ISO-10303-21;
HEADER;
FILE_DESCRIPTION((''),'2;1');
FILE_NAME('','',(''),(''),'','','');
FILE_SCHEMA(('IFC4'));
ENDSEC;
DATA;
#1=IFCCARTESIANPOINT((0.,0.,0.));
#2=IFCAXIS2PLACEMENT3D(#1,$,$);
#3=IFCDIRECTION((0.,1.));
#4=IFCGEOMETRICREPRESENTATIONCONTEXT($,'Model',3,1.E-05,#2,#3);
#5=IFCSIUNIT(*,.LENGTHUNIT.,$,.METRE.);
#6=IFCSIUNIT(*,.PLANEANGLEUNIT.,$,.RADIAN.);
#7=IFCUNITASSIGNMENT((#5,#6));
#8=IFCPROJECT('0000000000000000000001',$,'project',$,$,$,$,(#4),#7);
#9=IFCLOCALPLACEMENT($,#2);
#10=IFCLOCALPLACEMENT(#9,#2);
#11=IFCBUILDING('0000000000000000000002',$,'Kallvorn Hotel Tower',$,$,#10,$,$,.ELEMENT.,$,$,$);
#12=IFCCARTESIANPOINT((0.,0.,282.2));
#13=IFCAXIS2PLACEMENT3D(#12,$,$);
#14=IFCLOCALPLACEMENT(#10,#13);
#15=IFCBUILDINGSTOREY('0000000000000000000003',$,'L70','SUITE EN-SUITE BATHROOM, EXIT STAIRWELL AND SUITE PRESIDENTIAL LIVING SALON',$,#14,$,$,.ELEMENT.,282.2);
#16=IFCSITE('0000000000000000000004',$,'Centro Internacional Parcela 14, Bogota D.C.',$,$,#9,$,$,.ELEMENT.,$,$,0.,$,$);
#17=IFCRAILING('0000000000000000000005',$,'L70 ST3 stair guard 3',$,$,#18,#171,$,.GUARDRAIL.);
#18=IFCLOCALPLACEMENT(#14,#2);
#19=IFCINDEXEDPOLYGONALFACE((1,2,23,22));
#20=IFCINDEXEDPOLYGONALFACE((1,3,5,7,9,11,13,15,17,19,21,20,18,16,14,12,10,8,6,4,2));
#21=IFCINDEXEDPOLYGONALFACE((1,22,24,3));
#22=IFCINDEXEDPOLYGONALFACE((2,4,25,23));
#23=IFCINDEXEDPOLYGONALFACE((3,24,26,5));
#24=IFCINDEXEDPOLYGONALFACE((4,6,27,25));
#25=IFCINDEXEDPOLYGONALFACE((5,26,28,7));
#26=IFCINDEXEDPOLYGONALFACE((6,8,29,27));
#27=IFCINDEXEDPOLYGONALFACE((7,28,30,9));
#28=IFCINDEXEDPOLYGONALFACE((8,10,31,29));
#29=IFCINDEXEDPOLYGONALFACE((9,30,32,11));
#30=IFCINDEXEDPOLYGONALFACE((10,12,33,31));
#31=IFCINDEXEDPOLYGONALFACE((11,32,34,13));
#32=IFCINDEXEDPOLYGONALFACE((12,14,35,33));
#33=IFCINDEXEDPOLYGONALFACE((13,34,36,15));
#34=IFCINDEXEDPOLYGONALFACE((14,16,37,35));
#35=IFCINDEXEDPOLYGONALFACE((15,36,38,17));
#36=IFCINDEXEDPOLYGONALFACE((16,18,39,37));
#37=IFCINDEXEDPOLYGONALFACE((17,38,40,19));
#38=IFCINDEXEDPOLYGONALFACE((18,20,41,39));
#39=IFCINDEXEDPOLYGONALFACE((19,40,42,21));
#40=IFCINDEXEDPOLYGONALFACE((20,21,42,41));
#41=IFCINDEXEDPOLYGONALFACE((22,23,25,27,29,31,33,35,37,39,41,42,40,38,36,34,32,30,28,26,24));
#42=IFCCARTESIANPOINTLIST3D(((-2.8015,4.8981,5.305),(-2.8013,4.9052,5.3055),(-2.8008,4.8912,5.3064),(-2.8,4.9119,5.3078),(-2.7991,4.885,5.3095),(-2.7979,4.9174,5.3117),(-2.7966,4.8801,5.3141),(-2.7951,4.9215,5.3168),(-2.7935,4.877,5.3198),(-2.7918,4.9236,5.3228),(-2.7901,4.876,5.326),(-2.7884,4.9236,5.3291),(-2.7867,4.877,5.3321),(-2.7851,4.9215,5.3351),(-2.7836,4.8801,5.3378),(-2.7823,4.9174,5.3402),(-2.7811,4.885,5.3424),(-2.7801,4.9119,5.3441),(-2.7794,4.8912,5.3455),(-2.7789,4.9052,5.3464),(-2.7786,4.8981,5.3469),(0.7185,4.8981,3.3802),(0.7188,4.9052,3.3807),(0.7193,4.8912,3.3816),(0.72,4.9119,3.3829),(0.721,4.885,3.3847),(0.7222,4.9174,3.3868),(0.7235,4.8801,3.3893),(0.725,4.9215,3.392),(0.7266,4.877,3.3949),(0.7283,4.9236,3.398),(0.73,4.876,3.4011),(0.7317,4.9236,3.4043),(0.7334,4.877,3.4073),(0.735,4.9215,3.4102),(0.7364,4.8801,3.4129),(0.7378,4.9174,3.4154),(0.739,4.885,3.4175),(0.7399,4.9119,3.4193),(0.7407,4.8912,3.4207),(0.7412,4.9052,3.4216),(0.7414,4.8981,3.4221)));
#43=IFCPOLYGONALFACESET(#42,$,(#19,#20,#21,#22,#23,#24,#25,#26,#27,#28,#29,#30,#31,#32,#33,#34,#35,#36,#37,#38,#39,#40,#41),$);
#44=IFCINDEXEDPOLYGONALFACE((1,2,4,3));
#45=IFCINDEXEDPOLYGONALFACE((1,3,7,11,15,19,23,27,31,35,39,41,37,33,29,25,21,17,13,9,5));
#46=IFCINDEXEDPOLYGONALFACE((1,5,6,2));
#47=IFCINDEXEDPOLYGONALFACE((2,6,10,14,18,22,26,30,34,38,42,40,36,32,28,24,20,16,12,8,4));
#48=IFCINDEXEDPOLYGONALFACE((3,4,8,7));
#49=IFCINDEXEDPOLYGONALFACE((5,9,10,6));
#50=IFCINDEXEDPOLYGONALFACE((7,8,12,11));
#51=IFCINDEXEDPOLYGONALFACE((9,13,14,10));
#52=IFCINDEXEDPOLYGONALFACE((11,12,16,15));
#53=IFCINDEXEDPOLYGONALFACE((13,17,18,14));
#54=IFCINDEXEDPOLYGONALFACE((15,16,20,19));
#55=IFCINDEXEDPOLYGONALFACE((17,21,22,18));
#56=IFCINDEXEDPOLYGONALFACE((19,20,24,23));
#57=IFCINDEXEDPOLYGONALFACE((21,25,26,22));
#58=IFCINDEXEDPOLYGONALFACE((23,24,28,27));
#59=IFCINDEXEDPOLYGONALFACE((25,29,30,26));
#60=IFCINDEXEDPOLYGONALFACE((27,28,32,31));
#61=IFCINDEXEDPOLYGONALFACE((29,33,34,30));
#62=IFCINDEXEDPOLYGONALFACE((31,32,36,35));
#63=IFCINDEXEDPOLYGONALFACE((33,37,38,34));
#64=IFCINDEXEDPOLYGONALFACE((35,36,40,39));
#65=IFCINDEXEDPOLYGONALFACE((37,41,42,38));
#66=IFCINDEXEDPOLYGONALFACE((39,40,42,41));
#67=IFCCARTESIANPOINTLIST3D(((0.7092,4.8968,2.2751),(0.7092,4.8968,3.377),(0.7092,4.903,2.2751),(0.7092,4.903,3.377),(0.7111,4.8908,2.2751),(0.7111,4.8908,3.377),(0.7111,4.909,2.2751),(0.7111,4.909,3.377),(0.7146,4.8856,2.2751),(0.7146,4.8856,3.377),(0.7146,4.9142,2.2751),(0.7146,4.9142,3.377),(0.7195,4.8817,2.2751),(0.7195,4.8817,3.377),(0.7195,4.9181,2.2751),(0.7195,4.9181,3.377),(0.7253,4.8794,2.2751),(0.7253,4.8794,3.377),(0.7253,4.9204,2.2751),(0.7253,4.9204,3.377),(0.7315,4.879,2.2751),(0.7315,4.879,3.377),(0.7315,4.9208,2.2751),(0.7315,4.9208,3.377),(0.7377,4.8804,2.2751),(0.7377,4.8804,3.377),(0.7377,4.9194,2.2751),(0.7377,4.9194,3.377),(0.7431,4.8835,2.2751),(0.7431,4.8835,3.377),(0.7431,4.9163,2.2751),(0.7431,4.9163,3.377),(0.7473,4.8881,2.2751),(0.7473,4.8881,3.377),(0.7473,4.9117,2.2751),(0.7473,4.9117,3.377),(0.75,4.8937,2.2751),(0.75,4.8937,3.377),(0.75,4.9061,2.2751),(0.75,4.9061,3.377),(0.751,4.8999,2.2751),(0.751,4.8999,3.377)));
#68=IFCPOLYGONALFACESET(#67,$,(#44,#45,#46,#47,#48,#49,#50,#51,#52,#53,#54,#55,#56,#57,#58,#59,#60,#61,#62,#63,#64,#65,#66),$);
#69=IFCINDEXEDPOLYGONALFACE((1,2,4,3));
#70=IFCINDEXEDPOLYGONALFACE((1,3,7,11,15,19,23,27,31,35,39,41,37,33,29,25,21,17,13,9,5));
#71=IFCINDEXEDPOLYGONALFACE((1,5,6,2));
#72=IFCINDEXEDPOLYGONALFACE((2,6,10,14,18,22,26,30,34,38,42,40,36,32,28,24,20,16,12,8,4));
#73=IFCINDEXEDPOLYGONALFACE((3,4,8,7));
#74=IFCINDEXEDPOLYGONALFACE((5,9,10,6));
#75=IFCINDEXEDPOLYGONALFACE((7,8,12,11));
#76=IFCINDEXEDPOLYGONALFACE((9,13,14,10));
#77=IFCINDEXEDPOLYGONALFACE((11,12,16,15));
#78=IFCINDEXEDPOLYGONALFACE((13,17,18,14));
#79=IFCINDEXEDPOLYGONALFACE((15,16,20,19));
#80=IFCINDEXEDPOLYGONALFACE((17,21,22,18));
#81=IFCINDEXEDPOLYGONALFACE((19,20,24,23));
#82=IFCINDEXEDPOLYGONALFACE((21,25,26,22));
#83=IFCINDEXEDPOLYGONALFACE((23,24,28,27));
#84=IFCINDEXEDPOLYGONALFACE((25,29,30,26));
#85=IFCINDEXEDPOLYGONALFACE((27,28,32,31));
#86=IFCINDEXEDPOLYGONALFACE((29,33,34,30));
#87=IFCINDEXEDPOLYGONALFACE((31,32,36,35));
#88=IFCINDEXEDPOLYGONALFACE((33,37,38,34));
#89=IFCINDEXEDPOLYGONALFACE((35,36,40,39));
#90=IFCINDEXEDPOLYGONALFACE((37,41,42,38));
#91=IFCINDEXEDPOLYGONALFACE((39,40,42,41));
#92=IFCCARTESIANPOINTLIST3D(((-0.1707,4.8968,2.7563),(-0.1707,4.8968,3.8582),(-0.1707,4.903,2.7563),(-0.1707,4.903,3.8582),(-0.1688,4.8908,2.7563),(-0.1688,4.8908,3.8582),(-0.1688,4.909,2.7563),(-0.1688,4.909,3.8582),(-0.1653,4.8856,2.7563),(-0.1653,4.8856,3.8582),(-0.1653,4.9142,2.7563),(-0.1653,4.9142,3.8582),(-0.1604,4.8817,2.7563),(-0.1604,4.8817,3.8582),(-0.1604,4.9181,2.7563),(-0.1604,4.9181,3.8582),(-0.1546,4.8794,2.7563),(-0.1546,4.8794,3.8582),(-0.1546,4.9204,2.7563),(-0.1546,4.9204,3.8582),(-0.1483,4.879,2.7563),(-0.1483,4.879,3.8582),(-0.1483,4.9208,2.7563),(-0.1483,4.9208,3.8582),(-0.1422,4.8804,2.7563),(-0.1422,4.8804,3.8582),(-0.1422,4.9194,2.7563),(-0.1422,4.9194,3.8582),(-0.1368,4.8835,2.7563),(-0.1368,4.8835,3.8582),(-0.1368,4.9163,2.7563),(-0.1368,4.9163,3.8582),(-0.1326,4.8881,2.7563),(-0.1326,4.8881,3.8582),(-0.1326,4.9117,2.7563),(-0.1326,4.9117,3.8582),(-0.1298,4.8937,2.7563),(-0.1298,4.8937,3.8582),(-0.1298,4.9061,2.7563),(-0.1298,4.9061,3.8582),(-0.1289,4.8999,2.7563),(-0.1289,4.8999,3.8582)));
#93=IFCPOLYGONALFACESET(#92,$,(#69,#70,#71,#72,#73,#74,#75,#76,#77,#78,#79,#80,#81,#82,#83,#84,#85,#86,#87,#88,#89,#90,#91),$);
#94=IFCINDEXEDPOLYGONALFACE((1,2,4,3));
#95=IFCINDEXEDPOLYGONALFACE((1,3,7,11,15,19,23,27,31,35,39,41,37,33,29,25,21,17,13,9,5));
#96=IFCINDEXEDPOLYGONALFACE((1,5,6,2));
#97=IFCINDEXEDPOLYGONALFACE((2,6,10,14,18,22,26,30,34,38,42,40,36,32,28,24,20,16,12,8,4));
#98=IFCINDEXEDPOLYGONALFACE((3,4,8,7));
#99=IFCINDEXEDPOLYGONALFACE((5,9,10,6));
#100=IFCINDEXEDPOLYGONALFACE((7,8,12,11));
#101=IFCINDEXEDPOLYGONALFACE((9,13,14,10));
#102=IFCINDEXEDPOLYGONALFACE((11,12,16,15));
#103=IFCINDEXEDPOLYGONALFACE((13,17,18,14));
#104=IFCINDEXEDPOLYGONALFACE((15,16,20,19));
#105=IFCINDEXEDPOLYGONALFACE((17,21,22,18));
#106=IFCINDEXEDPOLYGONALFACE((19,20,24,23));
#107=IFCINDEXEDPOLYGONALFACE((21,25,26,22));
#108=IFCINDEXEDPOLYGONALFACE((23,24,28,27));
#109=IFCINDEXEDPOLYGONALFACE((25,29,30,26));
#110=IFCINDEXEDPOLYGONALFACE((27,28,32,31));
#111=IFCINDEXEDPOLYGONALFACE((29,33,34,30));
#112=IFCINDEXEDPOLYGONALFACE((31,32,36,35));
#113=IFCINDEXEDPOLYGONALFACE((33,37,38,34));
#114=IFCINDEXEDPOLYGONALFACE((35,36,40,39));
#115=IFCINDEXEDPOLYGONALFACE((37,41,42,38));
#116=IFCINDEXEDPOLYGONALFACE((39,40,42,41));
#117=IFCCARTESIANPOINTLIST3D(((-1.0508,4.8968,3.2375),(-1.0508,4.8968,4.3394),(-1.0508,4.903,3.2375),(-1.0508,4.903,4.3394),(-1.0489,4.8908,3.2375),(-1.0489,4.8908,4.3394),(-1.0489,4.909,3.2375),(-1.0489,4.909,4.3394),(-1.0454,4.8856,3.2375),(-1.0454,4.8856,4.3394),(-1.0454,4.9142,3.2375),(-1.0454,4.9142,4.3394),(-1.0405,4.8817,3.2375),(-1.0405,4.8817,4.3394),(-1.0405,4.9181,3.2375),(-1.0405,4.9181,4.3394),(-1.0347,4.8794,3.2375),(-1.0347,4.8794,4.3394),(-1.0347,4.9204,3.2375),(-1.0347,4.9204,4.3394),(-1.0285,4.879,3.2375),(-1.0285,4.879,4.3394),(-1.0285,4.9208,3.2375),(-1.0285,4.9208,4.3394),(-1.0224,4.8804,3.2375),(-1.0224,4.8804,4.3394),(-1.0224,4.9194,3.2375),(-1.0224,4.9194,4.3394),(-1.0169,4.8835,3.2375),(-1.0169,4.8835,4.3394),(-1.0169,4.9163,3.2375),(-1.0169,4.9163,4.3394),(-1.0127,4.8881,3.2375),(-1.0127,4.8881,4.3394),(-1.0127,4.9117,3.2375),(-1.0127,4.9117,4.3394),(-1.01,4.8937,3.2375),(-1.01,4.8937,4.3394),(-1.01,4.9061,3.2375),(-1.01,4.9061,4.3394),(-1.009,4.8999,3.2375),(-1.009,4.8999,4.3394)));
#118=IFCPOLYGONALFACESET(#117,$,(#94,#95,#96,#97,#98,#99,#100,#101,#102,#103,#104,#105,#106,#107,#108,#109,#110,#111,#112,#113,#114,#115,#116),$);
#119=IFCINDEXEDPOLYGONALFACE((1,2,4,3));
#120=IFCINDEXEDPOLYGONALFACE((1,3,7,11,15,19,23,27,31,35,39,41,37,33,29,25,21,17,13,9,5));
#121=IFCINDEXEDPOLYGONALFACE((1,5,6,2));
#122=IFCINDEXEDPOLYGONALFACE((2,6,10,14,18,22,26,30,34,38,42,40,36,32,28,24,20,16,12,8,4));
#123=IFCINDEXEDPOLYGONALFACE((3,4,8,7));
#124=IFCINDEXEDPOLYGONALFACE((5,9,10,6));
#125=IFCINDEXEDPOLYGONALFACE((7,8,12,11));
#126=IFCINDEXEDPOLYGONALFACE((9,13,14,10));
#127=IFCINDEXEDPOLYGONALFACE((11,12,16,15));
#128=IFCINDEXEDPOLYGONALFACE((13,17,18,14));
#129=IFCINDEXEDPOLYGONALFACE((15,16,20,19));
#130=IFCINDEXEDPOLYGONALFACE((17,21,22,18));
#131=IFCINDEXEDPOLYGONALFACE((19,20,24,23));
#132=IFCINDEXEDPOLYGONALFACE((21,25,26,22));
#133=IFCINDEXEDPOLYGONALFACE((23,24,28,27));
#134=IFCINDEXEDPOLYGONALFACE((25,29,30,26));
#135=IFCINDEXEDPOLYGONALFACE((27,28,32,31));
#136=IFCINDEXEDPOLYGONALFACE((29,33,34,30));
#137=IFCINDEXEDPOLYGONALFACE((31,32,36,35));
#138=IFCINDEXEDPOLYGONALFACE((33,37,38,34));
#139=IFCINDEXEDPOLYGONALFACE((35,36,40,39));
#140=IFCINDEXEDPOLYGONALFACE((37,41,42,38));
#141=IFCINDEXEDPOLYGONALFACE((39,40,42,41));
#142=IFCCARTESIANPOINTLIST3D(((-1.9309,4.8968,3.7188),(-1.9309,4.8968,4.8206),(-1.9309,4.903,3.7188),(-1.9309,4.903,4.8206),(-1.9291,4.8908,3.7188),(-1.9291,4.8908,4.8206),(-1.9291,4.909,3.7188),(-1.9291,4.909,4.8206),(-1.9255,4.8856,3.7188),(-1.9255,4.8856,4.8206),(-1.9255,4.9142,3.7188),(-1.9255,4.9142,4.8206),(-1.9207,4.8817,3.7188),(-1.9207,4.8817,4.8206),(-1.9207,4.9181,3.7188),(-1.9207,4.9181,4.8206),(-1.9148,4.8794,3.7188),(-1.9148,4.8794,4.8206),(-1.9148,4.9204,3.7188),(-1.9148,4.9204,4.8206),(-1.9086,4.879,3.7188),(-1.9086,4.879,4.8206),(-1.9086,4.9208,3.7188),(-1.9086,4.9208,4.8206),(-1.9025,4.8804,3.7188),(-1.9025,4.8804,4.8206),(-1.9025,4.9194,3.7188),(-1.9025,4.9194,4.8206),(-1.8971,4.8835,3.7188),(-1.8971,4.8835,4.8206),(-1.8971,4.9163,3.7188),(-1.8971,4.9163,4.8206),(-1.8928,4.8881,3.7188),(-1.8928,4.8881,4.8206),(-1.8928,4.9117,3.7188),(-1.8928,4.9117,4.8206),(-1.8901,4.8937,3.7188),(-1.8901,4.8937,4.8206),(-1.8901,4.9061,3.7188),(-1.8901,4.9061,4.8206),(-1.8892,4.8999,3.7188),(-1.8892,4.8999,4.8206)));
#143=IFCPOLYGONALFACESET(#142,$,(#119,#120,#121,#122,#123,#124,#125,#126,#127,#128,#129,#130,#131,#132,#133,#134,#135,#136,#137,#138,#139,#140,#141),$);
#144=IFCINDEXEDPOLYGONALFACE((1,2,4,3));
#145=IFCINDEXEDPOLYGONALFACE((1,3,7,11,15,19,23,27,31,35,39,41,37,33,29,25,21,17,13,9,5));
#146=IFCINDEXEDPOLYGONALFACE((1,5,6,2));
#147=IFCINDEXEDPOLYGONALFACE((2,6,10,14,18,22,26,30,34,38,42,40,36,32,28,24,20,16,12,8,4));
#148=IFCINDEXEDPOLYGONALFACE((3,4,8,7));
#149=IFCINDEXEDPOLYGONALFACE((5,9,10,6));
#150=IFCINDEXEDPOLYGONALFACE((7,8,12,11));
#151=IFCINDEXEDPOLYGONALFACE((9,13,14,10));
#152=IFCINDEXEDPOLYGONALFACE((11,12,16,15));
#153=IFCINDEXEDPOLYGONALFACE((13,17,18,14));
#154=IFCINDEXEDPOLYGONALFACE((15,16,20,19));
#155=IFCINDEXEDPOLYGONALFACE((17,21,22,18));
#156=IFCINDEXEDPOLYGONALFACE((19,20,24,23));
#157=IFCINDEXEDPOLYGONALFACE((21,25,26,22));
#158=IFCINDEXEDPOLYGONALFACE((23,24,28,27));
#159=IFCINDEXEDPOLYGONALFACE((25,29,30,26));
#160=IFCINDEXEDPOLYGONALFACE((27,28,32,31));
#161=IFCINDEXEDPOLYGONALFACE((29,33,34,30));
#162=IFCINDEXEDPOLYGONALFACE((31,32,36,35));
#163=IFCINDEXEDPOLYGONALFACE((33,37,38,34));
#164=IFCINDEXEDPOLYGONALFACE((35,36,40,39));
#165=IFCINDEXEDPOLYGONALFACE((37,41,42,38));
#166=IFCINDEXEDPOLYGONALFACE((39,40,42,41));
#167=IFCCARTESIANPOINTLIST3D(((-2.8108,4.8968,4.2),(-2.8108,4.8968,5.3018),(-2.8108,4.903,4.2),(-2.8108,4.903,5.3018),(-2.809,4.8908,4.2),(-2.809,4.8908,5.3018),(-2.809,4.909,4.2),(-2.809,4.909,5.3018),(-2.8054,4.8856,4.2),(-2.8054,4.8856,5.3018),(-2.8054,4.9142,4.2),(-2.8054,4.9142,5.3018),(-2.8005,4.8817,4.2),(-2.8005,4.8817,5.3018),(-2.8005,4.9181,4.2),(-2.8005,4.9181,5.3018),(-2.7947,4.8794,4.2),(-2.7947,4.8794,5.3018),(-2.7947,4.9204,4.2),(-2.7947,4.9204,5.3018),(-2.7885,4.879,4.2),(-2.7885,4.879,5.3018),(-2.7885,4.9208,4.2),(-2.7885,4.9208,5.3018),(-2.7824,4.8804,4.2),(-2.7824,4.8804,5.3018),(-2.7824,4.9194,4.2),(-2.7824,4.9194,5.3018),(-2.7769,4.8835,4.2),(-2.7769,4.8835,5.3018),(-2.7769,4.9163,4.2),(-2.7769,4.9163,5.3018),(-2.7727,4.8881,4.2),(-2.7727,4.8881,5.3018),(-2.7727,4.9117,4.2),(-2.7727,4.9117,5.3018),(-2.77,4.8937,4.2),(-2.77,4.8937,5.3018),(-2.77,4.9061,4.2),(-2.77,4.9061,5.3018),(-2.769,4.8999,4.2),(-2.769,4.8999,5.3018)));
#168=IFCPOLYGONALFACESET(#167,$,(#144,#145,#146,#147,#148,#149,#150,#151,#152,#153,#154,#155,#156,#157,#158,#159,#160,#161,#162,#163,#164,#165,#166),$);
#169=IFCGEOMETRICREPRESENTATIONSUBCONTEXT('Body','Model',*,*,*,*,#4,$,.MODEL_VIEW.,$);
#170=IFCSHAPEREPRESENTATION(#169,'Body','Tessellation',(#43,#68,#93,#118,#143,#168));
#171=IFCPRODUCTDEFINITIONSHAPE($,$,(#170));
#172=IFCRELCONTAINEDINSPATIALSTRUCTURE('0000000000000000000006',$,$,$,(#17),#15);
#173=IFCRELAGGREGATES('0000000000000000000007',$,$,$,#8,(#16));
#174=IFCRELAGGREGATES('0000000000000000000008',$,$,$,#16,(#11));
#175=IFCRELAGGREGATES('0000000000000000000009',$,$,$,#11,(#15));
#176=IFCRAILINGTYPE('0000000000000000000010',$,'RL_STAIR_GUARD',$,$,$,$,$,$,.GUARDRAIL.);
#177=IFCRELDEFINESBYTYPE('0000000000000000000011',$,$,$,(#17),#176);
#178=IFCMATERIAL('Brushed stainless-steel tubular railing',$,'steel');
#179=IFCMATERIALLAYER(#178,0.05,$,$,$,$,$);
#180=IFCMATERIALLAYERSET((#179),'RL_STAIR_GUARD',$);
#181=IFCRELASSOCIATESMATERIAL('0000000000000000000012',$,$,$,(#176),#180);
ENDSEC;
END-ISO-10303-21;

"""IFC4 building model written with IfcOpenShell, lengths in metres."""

from ifc_helpers import new_model, si_unit, direction, frame, origin, origin_2d, place, context, subcontext, project, spatial, circle, extrude, material, layer, layer_set, type_object, element, save


model = new_model("IFC4")

# Units and contexts
model_context = context("Model", 3, precision=1e-05, world=origin(), true_north=direction((0.0, 1.0)))
body_context = subcontext(model_context, "Body", "Model", "MODEL_VIEW")
ifc_project = project(units=[si_unit("LENGTHUNIT", "METRE"), si_unit("PLANEANGLEUNIT", "RADIAN")], contexts=[model_context])

# Site, building, storey
site_placement = place(None, origin())
site = spatial("IfcSite", under=ifc_project, at=site_placement, Name="Centro Internacional Parcela 14, Bogota D.C.", CompositionType="ELEMENT", RefElevation=0.0)
building_placement = place(site_placement, origin())
building = spatial("IfcBuilding", under=site, at=building_placement, Name="Kallvorn Hotel Tower", CompositionType="ELEMENT")
storey_placement = place(building_placement, frame((0.0, 0.0, 282.2)))
storey = spatial("IfcBuildingStorey", under=building, at=storey_placement, Name="L70", Description="SUITE EN-SUITE BATHROOM, EXIT STAIRWELL AND SUITE PRESIDENTIAL LIVING SALON", CompositionType="ELEMENT", Elevation=282.2)

# Railing
ifc_material_1 = material(Name="Brushed stainless-steel tubular railing", Category="steel")
ifc_layer_1 = layer(ifc_material_1, 0.05)
ifc_layer_set_1 = layer_set([ifc_layer_1], Name="RL_STAIR_GUARD")
railing_type_1 = type_object("IfcRailingType", Name="RL_STAIR_GUARD", PredefinedType="GUARDRAIL", material=ifc_layer_set_1)
railing_1_placement = place(storey_placement, frame((0.73, 4.8999, 2.2751)))
element("IfcRailing", 1, at=railing_1_placement, inside=storey, type_object=railing_type_1, Name="L70 ST3 stair guard 3", PredefinedType="GUARDRAIL", context=body_context, shape_type="SweptSolid", body=[
    extrude(circle(Radius=0.0239, at=origin_2d()), frame((0.0, 0.0, 1.126), z_axis=(-0.877393, 0.0, 0.479773), x_axis=(0.0, -1.0, 0.0)), (0.0, 0.0, 1.0), 4.012),
    extrude(circle(Radius=0.021, at=origin_2d()), origin(), (0.0, 0.0, 1.0), 1.1018),
    extrude(circle(Radius=0.021, at=origin_2d()), frame((-0.8799, 0.0, 0.4812)), (0.0, 0.0, 1.0), 1.1018),
    extrude(circle(Radius=0.021, at=origin_2d()), frame((-1.76, 0.0, 0.9624)), (0.0, 0.0, 1.0), 1.1018),
    extrude(circle(Radius=0.021, at=origin_2d()), frame((-2.6401, 0.0, 1.4436)), (0.0, 0.0, 1.0), 1.1018),
    extrude(circle(Radius=0.021, at=origin_2d()), frame((-3.52, 0.0, 1.9248)), (0.0, 0.0, 1.0), 1.1018),
])

save(model, "model.ifc")
